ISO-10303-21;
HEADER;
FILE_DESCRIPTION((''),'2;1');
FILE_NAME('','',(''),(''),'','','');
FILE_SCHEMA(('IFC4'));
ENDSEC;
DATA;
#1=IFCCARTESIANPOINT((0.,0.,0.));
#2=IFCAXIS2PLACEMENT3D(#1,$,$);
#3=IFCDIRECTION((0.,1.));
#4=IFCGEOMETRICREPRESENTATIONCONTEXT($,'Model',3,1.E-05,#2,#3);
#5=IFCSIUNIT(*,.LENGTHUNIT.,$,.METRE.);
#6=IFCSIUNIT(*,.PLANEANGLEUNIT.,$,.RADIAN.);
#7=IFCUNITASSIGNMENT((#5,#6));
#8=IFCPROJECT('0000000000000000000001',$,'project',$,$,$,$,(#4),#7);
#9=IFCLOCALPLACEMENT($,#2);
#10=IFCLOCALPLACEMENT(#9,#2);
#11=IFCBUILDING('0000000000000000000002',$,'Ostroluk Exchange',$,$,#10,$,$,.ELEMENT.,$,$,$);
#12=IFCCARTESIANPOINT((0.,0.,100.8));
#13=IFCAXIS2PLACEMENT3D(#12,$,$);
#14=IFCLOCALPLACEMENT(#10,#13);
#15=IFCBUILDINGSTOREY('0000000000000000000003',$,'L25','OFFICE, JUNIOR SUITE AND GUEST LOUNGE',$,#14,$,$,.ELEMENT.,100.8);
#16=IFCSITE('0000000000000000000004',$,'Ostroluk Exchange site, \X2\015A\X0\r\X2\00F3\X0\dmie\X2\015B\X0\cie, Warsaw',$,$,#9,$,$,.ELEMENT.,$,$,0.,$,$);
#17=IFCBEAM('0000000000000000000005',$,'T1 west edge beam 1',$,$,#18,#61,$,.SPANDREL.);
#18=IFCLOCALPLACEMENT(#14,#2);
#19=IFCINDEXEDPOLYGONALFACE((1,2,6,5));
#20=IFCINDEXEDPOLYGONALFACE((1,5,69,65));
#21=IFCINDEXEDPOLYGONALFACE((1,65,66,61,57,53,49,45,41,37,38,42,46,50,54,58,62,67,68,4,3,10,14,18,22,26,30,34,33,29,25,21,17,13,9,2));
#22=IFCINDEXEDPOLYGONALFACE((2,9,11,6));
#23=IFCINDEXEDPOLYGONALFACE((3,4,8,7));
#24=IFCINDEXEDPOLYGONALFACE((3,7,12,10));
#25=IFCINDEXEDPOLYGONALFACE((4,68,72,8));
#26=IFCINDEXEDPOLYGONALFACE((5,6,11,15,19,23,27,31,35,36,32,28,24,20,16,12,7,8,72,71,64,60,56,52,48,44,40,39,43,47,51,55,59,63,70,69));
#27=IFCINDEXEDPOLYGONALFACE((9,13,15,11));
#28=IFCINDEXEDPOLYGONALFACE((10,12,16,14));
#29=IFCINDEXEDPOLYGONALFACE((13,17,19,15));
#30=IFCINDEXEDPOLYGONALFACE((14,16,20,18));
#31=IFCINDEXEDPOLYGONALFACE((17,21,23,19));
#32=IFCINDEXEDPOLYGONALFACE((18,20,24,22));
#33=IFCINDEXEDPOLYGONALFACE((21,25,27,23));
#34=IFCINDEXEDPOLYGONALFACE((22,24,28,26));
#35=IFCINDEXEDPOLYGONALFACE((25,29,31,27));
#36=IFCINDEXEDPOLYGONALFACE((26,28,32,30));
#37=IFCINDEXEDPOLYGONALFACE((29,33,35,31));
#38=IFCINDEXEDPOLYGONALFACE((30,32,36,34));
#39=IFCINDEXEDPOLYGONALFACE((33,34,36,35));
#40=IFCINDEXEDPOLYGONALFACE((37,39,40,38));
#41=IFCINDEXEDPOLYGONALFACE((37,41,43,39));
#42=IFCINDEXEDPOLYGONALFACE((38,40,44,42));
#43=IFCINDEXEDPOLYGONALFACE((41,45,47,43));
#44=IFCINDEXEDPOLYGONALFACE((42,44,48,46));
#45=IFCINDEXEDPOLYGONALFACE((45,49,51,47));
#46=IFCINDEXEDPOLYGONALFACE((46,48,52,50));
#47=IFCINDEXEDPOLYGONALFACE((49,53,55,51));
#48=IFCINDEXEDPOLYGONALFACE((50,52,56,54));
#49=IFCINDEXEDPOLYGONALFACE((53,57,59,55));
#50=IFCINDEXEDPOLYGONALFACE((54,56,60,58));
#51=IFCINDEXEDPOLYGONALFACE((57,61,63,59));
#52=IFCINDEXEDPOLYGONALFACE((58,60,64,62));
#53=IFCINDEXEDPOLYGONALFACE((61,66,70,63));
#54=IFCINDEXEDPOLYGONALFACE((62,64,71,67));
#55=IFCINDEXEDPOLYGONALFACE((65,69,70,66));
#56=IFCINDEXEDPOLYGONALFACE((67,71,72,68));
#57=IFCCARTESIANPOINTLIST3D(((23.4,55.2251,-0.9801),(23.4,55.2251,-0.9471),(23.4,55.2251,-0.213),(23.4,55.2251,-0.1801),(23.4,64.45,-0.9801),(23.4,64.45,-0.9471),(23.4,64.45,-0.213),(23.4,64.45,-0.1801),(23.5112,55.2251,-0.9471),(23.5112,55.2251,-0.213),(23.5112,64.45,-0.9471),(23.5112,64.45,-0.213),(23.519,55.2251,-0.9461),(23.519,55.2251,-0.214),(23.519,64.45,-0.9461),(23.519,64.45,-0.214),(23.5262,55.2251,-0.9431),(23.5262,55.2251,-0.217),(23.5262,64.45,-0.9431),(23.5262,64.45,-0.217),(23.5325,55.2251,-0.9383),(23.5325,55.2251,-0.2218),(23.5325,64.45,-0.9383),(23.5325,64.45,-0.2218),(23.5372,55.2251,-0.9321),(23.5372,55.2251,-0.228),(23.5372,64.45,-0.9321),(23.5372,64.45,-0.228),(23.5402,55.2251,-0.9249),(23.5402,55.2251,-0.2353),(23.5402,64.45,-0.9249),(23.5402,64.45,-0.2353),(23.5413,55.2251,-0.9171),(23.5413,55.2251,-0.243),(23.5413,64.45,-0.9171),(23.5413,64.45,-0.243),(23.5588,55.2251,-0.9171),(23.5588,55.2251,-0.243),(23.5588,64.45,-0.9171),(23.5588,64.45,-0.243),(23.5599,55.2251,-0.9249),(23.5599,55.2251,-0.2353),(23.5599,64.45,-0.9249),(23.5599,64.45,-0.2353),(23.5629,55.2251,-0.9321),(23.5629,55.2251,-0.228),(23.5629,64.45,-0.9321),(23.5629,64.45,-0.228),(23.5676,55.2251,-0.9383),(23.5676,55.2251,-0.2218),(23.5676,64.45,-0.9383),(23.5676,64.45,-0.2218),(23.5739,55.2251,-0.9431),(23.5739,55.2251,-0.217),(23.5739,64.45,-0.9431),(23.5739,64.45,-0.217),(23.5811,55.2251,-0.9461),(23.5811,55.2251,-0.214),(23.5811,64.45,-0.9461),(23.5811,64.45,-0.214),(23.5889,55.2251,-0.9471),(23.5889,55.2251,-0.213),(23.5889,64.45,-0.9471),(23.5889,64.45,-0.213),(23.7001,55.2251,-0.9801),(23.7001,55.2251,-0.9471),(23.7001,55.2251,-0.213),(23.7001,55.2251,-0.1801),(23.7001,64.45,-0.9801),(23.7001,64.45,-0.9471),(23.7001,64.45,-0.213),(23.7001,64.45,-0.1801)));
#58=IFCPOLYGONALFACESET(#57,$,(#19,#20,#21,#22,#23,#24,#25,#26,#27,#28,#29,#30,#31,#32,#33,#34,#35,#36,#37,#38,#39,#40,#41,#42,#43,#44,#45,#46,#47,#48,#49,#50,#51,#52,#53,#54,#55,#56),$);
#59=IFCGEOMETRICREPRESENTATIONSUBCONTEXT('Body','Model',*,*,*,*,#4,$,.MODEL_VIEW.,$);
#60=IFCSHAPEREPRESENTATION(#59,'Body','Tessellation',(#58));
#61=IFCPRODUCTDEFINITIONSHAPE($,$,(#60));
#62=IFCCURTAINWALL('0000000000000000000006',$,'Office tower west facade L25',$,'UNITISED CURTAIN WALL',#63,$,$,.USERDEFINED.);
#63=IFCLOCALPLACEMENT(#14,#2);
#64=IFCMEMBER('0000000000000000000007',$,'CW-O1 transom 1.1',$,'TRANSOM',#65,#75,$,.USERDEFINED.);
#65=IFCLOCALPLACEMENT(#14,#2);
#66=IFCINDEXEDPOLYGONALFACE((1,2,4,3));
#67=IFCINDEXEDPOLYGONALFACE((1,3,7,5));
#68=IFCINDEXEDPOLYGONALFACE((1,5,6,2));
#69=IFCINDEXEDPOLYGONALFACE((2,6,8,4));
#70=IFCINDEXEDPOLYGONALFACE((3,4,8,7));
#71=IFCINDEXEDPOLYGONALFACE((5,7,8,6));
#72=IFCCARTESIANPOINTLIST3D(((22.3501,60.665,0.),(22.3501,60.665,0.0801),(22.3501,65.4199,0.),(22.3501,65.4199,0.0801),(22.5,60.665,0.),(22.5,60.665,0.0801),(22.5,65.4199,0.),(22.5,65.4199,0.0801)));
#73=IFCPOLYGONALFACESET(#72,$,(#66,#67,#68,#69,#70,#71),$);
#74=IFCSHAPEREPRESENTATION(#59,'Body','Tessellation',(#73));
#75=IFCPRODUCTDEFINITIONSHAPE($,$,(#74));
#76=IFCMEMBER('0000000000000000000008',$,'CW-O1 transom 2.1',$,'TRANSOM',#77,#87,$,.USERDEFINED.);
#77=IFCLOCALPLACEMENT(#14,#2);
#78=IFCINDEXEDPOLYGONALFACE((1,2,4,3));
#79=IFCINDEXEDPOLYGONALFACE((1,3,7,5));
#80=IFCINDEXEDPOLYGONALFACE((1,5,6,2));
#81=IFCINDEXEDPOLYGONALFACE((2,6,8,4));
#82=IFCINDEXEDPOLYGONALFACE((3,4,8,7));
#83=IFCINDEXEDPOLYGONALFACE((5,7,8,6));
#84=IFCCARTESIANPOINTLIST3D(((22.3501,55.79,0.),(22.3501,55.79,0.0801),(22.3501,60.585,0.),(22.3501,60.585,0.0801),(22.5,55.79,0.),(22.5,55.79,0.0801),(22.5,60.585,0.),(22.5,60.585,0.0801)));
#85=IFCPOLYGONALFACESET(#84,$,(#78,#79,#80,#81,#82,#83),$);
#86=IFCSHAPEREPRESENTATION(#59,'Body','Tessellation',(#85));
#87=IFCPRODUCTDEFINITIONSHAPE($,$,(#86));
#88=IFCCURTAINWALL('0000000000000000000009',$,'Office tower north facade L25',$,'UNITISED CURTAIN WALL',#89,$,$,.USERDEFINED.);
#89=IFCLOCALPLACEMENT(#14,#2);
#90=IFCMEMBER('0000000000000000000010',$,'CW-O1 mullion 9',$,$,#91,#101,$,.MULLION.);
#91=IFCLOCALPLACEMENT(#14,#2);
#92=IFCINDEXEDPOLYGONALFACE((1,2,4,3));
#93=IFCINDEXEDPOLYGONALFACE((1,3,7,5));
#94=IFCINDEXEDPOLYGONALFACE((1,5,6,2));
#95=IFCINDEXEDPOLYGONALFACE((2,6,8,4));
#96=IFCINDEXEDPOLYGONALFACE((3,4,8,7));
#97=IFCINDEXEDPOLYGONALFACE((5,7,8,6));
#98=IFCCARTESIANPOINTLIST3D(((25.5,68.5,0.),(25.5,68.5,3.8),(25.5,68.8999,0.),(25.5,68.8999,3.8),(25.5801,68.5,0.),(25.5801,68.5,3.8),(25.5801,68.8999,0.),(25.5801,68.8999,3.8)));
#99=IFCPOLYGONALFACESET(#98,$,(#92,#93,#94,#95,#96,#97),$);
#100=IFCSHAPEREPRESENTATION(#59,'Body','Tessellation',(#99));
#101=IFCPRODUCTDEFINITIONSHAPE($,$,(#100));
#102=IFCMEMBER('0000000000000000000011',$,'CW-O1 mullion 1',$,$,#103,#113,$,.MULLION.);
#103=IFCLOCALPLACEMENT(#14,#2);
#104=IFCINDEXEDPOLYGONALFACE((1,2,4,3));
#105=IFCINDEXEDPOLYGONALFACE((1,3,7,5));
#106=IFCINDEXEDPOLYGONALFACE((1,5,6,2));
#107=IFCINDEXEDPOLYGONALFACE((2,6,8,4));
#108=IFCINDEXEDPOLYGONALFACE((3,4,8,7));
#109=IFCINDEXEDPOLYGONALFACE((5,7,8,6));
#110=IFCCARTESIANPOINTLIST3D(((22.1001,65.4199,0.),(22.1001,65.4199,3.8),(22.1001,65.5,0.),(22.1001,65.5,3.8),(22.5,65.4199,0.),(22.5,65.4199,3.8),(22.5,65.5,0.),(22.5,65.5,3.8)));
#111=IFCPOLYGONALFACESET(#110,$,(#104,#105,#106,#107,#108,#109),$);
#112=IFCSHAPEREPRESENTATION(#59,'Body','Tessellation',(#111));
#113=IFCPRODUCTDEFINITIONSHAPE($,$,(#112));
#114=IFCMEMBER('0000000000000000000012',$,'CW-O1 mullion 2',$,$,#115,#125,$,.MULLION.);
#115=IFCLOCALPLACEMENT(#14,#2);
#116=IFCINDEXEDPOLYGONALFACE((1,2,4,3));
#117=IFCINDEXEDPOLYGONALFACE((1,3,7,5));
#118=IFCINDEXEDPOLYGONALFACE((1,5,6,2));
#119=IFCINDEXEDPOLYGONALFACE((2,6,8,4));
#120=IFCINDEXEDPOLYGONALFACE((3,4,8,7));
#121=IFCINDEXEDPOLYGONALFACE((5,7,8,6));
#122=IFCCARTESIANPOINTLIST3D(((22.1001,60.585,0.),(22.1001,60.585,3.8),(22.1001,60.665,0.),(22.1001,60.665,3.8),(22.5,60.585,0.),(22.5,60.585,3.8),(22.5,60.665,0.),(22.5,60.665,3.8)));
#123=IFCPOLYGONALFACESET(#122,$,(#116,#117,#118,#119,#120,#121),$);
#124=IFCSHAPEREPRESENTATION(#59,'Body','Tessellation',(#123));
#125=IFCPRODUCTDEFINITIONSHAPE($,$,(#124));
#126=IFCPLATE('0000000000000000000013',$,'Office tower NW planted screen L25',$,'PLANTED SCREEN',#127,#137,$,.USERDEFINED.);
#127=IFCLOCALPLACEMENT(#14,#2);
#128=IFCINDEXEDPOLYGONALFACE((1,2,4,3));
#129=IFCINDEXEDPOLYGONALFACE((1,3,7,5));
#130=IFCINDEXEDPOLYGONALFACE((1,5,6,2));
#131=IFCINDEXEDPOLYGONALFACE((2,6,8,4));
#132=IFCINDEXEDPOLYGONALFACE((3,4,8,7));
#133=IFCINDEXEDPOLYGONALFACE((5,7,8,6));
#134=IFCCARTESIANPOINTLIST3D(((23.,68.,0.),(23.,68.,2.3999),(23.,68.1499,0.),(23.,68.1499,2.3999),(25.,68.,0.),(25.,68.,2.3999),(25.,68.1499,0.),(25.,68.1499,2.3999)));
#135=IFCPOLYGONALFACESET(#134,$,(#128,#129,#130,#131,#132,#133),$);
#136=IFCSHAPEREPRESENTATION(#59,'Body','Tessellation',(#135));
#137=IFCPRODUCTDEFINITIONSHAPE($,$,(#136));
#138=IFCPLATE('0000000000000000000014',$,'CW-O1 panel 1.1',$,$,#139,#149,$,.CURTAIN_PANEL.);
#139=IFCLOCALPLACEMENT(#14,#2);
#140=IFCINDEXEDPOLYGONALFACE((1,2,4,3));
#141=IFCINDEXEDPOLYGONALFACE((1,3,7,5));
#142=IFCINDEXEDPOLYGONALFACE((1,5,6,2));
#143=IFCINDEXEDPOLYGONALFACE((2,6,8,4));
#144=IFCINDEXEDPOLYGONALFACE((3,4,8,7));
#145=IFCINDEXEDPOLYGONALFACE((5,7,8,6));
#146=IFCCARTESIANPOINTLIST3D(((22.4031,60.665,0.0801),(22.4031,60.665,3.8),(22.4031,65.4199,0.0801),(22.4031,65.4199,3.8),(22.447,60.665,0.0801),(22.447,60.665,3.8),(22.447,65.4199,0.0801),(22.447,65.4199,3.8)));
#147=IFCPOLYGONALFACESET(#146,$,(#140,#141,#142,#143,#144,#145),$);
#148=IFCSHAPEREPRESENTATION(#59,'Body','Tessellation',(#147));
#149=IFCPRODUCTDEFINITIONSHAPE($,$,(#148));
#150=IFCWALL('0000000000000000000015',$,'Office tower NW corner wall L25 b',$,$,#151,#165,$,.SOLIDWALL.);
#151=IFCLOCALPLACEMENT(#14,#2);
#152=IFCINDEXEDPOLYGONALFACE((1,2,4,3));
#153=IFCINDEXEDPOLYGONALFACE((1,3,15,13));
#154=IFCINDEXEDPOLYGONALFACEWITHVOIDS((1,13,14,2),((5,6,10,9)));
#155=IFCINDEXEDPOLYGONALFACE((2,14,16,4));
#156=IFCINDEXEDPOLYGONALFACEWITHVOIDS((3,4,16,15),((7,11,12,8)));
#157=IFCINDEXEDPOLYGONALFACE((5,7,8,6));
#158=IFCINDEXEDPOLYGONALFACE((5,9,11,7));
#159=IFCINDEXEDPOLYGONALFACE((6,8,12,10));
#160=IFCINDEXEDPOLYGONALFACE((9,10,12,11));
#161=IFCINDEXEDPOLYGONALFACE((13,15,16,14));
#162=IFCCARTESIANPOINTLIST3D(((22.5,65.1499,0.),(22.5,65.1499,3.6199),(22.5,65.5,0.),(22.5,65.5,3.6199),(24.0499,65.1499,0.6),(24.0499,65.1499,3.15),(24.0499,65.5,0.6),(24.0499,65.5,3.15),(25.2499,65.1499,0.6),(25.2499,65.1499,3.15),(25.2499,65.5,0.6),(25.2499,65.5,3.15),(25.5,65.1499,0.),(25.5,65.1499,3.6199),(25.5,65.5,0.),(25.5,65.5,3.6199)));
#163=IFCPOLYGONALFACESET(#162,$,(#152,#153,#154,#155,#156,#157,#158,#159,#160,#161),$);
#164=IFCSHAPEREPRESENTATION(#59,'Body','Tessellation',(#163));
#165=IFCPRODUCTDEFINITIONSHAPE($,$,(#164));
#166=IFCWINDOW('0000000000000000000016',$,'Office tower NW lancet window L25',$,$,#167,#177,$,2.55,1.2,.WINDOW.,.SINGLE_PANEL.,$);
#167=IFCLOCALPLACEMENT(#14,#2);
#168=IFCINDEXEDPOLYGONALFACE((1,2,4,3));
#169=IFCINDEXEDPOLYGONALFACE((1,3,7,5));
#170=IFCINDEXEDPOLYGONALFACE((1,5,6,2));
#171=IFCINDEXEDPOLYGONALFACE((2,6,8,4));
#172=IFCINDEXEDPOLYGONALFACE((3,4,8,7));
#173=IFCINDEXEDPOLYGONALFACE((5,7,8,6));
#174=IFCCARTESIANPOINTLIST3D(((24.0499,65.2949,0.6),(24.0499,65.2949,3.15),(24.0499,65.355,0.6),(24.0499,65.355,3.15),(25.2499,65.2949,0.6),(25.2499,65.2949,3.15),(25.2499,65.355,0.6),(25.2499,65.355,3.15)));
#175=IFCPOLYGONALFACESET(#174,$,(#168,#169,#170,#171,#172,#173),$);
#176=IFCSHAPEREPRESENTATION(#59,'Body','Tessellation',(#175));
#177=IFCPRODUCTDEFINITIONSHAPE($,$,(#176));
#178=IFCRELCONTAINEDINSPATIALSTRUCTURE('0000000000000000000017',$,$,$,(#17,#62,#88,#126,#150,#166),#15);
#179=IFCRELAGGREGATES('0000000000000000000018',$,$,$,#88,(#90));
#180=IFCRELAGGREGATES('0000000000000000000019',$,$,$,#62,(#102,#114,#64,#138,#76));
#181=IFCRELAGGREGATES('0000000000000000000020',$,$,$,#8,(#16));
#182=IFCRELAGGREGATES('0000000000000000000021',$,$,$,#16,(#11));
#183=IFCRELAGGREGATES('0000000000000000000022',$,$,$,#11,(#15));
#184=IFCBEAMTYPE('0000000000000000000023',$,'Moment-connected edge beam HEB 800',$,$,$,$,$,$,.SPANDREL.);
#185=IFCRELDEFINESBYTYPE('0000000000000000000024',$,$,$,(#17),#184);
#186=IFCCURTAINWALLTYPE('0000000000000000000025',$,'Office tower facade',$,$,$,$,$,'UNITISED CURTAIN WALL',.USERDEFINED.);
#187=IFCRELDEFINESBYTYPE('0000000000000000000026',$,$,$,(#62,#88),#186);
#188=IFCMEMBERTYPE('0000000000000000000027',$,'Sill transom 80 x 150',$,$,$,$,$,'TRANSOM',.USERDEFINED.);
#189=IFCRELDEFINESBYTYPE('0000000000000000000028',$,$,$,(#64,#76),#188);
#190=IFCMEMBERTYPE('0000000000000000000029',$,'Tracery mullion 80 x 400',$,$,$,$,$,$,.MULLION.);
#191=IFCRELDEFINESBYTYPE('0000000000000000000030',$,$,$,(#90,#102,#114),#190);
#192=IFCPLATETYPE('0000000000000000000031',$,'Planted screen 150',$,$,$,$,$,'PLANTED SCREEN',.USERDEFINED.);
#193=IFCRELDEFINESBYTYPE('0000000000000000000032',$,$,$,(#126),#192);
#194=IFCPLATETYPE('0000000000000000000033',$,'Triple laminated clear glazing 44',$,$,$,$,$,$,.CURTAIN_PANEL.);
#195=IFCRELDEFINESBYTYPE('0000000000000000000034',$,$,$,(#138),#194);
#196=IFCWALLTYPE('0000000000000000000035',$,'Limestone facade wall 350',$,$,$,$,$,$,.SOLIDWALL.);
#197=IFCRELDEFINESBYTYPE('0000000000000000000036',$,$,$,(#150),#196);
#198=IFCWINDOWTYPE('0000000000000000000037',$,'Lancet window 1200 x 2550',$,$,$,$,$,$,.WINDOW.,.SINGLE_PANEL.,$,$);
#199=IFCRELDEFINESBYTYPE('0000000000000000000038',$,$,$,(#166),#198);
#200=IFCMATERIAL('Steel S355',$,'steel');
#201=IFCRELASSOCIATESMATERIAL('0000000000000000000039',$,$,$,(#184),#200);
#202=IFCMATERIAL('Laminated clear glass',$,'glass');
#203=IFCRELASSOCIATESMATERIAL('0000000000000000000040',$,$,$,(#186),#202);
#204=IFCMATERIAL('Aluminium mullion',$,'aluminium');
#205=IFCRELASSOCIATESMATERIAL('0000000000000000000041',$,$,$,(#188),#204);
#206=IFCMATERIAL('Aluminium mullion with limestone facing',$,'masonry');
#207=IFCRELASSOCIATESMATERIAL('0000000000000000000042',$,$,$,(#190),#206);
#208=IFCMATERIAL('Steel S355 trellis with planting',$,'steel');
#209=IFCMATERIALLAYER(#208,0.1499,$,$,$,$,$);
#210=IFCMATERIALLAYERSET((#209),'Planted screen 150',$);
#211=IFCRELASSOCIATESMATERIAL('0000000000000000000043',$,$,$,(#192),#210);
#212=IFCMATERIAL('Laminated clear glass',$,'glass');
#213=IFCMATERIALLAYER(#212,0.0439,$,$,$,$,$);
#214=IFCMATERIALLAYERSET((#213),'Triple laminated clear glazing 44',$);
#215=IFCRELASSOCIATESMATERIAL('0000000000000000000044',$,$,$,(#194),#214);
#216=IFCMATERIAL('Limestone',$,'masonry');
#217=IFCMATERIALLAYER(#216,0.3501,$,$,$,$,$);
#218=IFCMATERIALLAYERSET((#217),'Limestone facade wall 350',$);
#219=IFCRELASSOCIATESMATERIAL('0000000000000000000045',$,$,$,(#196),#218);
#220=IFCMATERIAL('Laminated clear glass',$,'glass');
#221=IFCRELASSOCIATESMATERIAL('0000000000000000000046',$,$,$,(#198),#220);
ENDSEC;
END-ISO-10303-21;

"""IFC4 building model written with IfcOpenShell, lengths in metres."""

from ifc_helpers import new_model, si_unit, direction, frame, frame_2d, origin, origin_2d, place, context, subcontext, project, spatial, rectangle, i_section, extrude, material, layer, layer_set, material_profile, profile_set, type_object, element, fill, aggregate, save


model = new_model("IFC4")

# Units and contexts
model_context = context("Model", 3, precision=1e-05, world=origin(), true_north=direction((0.0, 1.0)))
body_context = subcontext(model_context, "Body", "Model", "MODEL_VIEW")
ifc_project = project(units=[si_unit("LENGTHUNIT", "METRE"), si_unit("PLANEANGLEUNIT", "RADIAN")], contexts=[model_context])

# Site, building, storey
site_placement = place(None, origin())
site = spatial("IfcSite", under=ifc_project, at=site_placement, Name="Ostroluk Exchange site, Śródmieście, Warsaw", CompositionType="ELEMENT", RefElevation=0.0)
building_placement = place(site_placement, origin())
building = spatial("IfcBuilding", under=site, at=building_placement, Name="Ostroluk Exchange", CompositionType="ELEMENT")
storey_placement = place(building_placement, frame((0.0, 0.0, 100.8)))
storey = spatial("IfcBuildingStorey", under=building, at=storey_placement, Name="L25", Description="OFFICE, JUNIOR SUITE AND GUEST LOUNGE", CompositionType="ELEMENT", Elevation=100.8)

# Beam
ifc_material_1 = material(Name="Steel S355", Category="steel")
ifc_material_profile_1 = material_profile(ifc_material_1, i_section(OverallWidth=0.3, OverallDepth=0.8, WebThickness=0.0176, FlangeThickness=0.033, FilletRadius=0.03, at=origin_2d()), Name="HEB 800")
ifc_profile_set_1 = profile_set([ifc_material_profile_1], Name="Steel S355")
beam_type_1 = type_object("IfcBeamType", Name="Moment-connected edge beam HEB 800", PredefinedType="SPANDREL", material=ifc_profile_set_1)
beam_placement = place(storey_placement, frame((23.55, 64.45, -0.5801), z_axis=(0.0, -1.0, 0.0), x_axis=(1.0, 0.0, 0.0)))
element("IfcBeam", 1, at=beam_placement, inside=storey, type_object=beam_type_1, Name="T1 west edge beam 1", PredefinedType="SPANDREL", context=body_context, shape_type="SweptSolid", body=[
    extrude(i_section(OverallWidth=0.3, OverallDepth=0.8, WebThickness=0.0176, FlangeThickness=0.033, FilletRadius=0.03, at=origin_2d()), origin(), (0.0, 0.0, 1.0), 9.2249),
])

# Curtain wall, members
ifc_material_2 = material(Name="Laminated clear glass", Category="glass")
curtain_wall_type = type_object("IfcCurtainWallType", Name="Office tower facade", ElementType="UNITISED CURTAIN WALL", PredefinedType="USERDEFINED", material=ifc_material_2)
curtain_wall_1_placement = place(storey_placement, origin())
curtain_wall_1 = element("IfcCurtainWall", 2, at=curtain_wall_1_placement, inside=storey, type_object=curtain_wall_type, Name="Office tower west facade L25", ObjectType="UNITISED CURTAIN WALL", PredefinedType="USERDEFINED")
ifc_material_3 = material(Name="Aluminium mullion", Category="aluminium")
ifc_material_profile_2 = material_profile(ifc_material_3, rectangle(XDim=0.1499, YDim=0.0801, at=origin_2d()), Name="Sill transom 80 x 150")
ifc_profile_set_2 = profile_set([ifc_material_profile_2], Name="Aluminium mullion")
member_type_1 = type_object("IfcMemberType", Name="Sill transom 80 x 150", ElementType="TRANSOM", PredefinedType="USERDEFINED", material=ifc_profile_set_2)
member_1_placement = place(storey_placement, frame((22.425, 65.4199, 0.04), z_axis=(0.0, -1.0, 0.0), x_axis=(1.0, 0.0, 0.0)))
member_1 = element("IfcMember", 3, at=member_1_placement, type_object=member_type_1, Name="CW-O1 transom 1.1", ObjectType="TRANSOM", PredefinedType="USERDEFINED", context=body_context, shape_type="SweptSolid", body=[
    extrude(rectangle(XDim=0.1499, YDim=0.0801, at=origin_2d()), origin(), (0.0, 0.0, 1.0), 4.7549),
])
member_2_placement = place(storey_placement, frame((22.425, 60.585, 0.04), z_axis=(0.0, -1.0, 0.0), x_axis=(1.0, 0.0, 0.0)))
member_2 = element("IfcMember", 4, at=member_2_placement, type_object=member_type_1, Name="CW-O1 transom 2.1", ObjectType="TRANSOM", PredefinedType="USERDEFINED", context=body_context, shape_type="SweptSolid", body=[
    extrude(rectangle(XDim=0.1499, YDim=0.0801, at=origin_2d()), origin(), (0.0, 0.0, 1.0), 4.7949),
])

# Curtain wall, member
curtain_wall_2_placement = place(storey_placement, origin())
curtain_wall_2 = element("IfcCurtainWall", 5, at=curtain_wall_2_placement, inside=storey, type_object=curtain_wall_type, Name="Office tower north facade L25", ObjectType="UNITISED CURTAIN WALL", PredefinedType="USERDEFINED")
ifc_material_4 = material(Name="Aluminium mullion with limestone facing", Category="masonry")
ifc_material_profile_3 = material_profile(ifc_material_4, rectangle(XDim=0.3999, YDim=0.0801, at=origin_2d()), Name="Tracery mullion 80 x 400")
ifc_profile_set_3 = profile_set([ifc_material_profile_3], Name="Aluminium mullion with limestone facing")
member_type_2 = type_object("IfcMemberType", Name="Tracery mullion 80 x 400", PredefinedType="MULLION", material=ifc_profile_set_3)
member_3_placement = place(storey_placement, frame((25.54, 68.7, 0.0), z_axis=(0.0, 0.0, 1.0), x_axis=(0.0, -1.0, 0.0)))
member_3 = element("IfcMember", 6, at=member_3_placement, type_object=member_type_2, Name="CW-O1 mullion 9", PredefinedType="MULLION", context=body_context, shape_type="SweptSolid", body=[
    extrude(rectangle(XDim=0.3999, YDim=0.0801, at=origin_2d()), origin(), (0.0, 0.0, 1.0), 3.8),
])
aggregate(curtain_wall_2, [member_3])

# Members
member_4_placement = place(storey_placement, frame((22.3, 65.46, 0.0), z_axis=(0.0, 0.0, 1.0), x_axis=(1.0, 0.0, 0.0)))
member_4 = element("IfcMember", 7, at=member_4_placement, type_object=member_type_2, Name="CW-O1 mullion 1", PredefinedType="MULLION", context=body_context, shape_type="SweptSolid", body=[
    extrude(rectangle(XDim=0.3999, YDim=0.0801, at=origin_2d()), origin(), (0.0, 0.0, 1.0), 3.8),
])
member_5_placement = place(storey_placement, frame((22.3, 60.625, 0.0), z_axis=(0.0, 0.0, 1.0), x_axis=(1.0, 0.0, 0.0)))
member_5 = element("IfcMember", 8, at=member_5_placement, type_object=member_type_2, Name="CW-O1 mullion 2", PredefinedType="MULLION", context=body_context, shape_type="SweptSolid", body=[
    extrude(rectangle(XDim=0.3999, YDim=0.0801, at=origin_2d()), origin(), (0.0, 0.0, 1.0), 3.8),
])

# Plates
ifc_material_5 = material(Name="Steel S355 trellis with planting", Category="steel")
ifc_layer_1 = layer(ifc_material_5, 0.1499)
ifc_layer_set_1 = layer_set([ifc_layer_1], Name="Planted screen 150")
plate_type_1 = type_object("IfcPlateType", Name="Planted screen 150", ElementType="PLANTED SCREEN", PredefinedType="USERDEFINED", material=ifc_layer_set_1)
plate_1_placement = place(storey_placement, frame((24.0, 68.075, 0.0), z_axis=(0.0, 0.0, 1.0), x_axis=(1.0, 0.0, 0.0)))
element("IfcPlate", 9, at=plate_1_placement, inside=storey, type_object=plate_type_1, Name="Office tower NW planted screen L25", ObjectType="PLANTED SCREEN", PredefinedType="USERDEFINED", context=body_context, shape_type="SweptSolid", body=[
    extrude(rectangle(XDim=2.0, YDim=0.1499, at=origin_2d()), origin(), (0.0, 0.0, 1.0), 2.3999),
])
ifc_material_6 = material(Name="Laminated clear glass", Category="glass")
ifc_layer_2 = layer(ifc_material_6, 0.0439)
ifc_layer_set_2 = layer_set([ifc_layer_2], Name="Triple laminated clear glazing 44")
plate_type_2 = type_object("IfcPlateType", Name="Triple laminated clear glazing 44", PredefinedType="CURTAIN_PANEL", material=ifc_layer_set_2)
plate_2_placement = place(storey_placement, frame((22.425, 63.0425, 0.0801), z_axis=(0.0, 0.0, 1.0), x_axis=(0.0, -1.0, 0.0)))
plate_2 = element("IfcPlate", 10, at=plate_2_placement, type_object=plate_type_2, Name="CW-O1 panel 1.1", PredefinedType="CURTAIN_PANEL", context=body_context, shape_type="SweptSolid", body=[
    extrude(rectangle(XDim=4.7549, YDim=0.0439, at=origin_2d()), origin(), (0.0, 0.0, 1.0), 3.72),
])
aggregate(curtain_wall_1, [member_4, member_5, member_1, plate_2, member_2])

# Shared definitions
ifc_material_7 = material(Name="Limestone", Category="masonry")
ifc_layer_3 = layer(ifc_material_7, 0.3501)
ifc_layer_set_3 = layer_set([ifc_layer_3], Name="Limestone facade wall 350")
wall_type_1 = type_object("IfcWallType", Name="Limestone facade wall 350", PredefinedType="SOLIDWALL", material=ifc_layer_set_3)

# Wall, opening, window
wall_1_placement = place(storey_placement, frame((25.5, 65.325, 0.0), z_axis=(0.0, 0.0, 1.0), x_axis=(-1.0, 0.0, 0.0)))
wall_1 = element("IfcWall", 11, at=wall_1_placement, inside=storey, type_object=wall_type_1, Name="Office tower NW corner wall L25 b", PredefinedType="SOLIDWALL", context=body_context, shape_type="SweptSolid", body=[
    extrude(rectangle(XDim=3.0, YDim=0.3501, at=frame_2d((1.5, 0.0))), origin(), (0.0, 0.0, 1.0), 3.6199),
])
opening_1_placement = place(wall_1_placement, frame((0.25, 0.0, 0.6001)))
opening_1 = element("IfcOpeningElement", 12, at=opening_1_placement, cuts=wall_1, PredefinedType="OPENING", context=body_context, shape_type="SweptSolid", body=[
    extrude(rectangle(XDim=1.2, YDim=2.55, at=frame_2d((0.6001, 1.2749))), frame((0.0, 0.1851, 0.0), z_axis=(0.0, -1.0, 0.0), x_axis=(1.0, 0.0, 0.0)), (0.0, 0.0, 1.0), 0.3701),
])
ifc_material_8 = material(Name="Laminated clear glass", Category="glass")
window_type = type_object("IfcWindowType", Name="Lancet window 1200 x 2550", PartitioningType="SINGLE_PANEL", PredefinedType="WINDOW", material=ifc_material_8)
window_placement = place(opening_1_placement, origin())
window = element("IfcWindow", 13, at=window_placement, inside=storey, type_object=window_type, Name="Office tower NW lancet window L25", OverallHeight=2.55, OverallWidth=1.2, PartitioningType="SINGLE_PANEL", PredefinedType="WINDOW", context=body_context, shape_type="SweptSolid", body=[
    extrude(rectangle(XDim=1.2, YDim=2.55, at=frame_2d((0.6001, 1.2749))), frame((0.0, 0.03, 0.0), z_axis=(0.0, -1.0, 0.0), x_axis=(1.0, 0.0, 0.0)), (0.0, 0.0, 1.0), 0.0601),
])
fill(opening_1, window)

save(model, "model.ifc")
